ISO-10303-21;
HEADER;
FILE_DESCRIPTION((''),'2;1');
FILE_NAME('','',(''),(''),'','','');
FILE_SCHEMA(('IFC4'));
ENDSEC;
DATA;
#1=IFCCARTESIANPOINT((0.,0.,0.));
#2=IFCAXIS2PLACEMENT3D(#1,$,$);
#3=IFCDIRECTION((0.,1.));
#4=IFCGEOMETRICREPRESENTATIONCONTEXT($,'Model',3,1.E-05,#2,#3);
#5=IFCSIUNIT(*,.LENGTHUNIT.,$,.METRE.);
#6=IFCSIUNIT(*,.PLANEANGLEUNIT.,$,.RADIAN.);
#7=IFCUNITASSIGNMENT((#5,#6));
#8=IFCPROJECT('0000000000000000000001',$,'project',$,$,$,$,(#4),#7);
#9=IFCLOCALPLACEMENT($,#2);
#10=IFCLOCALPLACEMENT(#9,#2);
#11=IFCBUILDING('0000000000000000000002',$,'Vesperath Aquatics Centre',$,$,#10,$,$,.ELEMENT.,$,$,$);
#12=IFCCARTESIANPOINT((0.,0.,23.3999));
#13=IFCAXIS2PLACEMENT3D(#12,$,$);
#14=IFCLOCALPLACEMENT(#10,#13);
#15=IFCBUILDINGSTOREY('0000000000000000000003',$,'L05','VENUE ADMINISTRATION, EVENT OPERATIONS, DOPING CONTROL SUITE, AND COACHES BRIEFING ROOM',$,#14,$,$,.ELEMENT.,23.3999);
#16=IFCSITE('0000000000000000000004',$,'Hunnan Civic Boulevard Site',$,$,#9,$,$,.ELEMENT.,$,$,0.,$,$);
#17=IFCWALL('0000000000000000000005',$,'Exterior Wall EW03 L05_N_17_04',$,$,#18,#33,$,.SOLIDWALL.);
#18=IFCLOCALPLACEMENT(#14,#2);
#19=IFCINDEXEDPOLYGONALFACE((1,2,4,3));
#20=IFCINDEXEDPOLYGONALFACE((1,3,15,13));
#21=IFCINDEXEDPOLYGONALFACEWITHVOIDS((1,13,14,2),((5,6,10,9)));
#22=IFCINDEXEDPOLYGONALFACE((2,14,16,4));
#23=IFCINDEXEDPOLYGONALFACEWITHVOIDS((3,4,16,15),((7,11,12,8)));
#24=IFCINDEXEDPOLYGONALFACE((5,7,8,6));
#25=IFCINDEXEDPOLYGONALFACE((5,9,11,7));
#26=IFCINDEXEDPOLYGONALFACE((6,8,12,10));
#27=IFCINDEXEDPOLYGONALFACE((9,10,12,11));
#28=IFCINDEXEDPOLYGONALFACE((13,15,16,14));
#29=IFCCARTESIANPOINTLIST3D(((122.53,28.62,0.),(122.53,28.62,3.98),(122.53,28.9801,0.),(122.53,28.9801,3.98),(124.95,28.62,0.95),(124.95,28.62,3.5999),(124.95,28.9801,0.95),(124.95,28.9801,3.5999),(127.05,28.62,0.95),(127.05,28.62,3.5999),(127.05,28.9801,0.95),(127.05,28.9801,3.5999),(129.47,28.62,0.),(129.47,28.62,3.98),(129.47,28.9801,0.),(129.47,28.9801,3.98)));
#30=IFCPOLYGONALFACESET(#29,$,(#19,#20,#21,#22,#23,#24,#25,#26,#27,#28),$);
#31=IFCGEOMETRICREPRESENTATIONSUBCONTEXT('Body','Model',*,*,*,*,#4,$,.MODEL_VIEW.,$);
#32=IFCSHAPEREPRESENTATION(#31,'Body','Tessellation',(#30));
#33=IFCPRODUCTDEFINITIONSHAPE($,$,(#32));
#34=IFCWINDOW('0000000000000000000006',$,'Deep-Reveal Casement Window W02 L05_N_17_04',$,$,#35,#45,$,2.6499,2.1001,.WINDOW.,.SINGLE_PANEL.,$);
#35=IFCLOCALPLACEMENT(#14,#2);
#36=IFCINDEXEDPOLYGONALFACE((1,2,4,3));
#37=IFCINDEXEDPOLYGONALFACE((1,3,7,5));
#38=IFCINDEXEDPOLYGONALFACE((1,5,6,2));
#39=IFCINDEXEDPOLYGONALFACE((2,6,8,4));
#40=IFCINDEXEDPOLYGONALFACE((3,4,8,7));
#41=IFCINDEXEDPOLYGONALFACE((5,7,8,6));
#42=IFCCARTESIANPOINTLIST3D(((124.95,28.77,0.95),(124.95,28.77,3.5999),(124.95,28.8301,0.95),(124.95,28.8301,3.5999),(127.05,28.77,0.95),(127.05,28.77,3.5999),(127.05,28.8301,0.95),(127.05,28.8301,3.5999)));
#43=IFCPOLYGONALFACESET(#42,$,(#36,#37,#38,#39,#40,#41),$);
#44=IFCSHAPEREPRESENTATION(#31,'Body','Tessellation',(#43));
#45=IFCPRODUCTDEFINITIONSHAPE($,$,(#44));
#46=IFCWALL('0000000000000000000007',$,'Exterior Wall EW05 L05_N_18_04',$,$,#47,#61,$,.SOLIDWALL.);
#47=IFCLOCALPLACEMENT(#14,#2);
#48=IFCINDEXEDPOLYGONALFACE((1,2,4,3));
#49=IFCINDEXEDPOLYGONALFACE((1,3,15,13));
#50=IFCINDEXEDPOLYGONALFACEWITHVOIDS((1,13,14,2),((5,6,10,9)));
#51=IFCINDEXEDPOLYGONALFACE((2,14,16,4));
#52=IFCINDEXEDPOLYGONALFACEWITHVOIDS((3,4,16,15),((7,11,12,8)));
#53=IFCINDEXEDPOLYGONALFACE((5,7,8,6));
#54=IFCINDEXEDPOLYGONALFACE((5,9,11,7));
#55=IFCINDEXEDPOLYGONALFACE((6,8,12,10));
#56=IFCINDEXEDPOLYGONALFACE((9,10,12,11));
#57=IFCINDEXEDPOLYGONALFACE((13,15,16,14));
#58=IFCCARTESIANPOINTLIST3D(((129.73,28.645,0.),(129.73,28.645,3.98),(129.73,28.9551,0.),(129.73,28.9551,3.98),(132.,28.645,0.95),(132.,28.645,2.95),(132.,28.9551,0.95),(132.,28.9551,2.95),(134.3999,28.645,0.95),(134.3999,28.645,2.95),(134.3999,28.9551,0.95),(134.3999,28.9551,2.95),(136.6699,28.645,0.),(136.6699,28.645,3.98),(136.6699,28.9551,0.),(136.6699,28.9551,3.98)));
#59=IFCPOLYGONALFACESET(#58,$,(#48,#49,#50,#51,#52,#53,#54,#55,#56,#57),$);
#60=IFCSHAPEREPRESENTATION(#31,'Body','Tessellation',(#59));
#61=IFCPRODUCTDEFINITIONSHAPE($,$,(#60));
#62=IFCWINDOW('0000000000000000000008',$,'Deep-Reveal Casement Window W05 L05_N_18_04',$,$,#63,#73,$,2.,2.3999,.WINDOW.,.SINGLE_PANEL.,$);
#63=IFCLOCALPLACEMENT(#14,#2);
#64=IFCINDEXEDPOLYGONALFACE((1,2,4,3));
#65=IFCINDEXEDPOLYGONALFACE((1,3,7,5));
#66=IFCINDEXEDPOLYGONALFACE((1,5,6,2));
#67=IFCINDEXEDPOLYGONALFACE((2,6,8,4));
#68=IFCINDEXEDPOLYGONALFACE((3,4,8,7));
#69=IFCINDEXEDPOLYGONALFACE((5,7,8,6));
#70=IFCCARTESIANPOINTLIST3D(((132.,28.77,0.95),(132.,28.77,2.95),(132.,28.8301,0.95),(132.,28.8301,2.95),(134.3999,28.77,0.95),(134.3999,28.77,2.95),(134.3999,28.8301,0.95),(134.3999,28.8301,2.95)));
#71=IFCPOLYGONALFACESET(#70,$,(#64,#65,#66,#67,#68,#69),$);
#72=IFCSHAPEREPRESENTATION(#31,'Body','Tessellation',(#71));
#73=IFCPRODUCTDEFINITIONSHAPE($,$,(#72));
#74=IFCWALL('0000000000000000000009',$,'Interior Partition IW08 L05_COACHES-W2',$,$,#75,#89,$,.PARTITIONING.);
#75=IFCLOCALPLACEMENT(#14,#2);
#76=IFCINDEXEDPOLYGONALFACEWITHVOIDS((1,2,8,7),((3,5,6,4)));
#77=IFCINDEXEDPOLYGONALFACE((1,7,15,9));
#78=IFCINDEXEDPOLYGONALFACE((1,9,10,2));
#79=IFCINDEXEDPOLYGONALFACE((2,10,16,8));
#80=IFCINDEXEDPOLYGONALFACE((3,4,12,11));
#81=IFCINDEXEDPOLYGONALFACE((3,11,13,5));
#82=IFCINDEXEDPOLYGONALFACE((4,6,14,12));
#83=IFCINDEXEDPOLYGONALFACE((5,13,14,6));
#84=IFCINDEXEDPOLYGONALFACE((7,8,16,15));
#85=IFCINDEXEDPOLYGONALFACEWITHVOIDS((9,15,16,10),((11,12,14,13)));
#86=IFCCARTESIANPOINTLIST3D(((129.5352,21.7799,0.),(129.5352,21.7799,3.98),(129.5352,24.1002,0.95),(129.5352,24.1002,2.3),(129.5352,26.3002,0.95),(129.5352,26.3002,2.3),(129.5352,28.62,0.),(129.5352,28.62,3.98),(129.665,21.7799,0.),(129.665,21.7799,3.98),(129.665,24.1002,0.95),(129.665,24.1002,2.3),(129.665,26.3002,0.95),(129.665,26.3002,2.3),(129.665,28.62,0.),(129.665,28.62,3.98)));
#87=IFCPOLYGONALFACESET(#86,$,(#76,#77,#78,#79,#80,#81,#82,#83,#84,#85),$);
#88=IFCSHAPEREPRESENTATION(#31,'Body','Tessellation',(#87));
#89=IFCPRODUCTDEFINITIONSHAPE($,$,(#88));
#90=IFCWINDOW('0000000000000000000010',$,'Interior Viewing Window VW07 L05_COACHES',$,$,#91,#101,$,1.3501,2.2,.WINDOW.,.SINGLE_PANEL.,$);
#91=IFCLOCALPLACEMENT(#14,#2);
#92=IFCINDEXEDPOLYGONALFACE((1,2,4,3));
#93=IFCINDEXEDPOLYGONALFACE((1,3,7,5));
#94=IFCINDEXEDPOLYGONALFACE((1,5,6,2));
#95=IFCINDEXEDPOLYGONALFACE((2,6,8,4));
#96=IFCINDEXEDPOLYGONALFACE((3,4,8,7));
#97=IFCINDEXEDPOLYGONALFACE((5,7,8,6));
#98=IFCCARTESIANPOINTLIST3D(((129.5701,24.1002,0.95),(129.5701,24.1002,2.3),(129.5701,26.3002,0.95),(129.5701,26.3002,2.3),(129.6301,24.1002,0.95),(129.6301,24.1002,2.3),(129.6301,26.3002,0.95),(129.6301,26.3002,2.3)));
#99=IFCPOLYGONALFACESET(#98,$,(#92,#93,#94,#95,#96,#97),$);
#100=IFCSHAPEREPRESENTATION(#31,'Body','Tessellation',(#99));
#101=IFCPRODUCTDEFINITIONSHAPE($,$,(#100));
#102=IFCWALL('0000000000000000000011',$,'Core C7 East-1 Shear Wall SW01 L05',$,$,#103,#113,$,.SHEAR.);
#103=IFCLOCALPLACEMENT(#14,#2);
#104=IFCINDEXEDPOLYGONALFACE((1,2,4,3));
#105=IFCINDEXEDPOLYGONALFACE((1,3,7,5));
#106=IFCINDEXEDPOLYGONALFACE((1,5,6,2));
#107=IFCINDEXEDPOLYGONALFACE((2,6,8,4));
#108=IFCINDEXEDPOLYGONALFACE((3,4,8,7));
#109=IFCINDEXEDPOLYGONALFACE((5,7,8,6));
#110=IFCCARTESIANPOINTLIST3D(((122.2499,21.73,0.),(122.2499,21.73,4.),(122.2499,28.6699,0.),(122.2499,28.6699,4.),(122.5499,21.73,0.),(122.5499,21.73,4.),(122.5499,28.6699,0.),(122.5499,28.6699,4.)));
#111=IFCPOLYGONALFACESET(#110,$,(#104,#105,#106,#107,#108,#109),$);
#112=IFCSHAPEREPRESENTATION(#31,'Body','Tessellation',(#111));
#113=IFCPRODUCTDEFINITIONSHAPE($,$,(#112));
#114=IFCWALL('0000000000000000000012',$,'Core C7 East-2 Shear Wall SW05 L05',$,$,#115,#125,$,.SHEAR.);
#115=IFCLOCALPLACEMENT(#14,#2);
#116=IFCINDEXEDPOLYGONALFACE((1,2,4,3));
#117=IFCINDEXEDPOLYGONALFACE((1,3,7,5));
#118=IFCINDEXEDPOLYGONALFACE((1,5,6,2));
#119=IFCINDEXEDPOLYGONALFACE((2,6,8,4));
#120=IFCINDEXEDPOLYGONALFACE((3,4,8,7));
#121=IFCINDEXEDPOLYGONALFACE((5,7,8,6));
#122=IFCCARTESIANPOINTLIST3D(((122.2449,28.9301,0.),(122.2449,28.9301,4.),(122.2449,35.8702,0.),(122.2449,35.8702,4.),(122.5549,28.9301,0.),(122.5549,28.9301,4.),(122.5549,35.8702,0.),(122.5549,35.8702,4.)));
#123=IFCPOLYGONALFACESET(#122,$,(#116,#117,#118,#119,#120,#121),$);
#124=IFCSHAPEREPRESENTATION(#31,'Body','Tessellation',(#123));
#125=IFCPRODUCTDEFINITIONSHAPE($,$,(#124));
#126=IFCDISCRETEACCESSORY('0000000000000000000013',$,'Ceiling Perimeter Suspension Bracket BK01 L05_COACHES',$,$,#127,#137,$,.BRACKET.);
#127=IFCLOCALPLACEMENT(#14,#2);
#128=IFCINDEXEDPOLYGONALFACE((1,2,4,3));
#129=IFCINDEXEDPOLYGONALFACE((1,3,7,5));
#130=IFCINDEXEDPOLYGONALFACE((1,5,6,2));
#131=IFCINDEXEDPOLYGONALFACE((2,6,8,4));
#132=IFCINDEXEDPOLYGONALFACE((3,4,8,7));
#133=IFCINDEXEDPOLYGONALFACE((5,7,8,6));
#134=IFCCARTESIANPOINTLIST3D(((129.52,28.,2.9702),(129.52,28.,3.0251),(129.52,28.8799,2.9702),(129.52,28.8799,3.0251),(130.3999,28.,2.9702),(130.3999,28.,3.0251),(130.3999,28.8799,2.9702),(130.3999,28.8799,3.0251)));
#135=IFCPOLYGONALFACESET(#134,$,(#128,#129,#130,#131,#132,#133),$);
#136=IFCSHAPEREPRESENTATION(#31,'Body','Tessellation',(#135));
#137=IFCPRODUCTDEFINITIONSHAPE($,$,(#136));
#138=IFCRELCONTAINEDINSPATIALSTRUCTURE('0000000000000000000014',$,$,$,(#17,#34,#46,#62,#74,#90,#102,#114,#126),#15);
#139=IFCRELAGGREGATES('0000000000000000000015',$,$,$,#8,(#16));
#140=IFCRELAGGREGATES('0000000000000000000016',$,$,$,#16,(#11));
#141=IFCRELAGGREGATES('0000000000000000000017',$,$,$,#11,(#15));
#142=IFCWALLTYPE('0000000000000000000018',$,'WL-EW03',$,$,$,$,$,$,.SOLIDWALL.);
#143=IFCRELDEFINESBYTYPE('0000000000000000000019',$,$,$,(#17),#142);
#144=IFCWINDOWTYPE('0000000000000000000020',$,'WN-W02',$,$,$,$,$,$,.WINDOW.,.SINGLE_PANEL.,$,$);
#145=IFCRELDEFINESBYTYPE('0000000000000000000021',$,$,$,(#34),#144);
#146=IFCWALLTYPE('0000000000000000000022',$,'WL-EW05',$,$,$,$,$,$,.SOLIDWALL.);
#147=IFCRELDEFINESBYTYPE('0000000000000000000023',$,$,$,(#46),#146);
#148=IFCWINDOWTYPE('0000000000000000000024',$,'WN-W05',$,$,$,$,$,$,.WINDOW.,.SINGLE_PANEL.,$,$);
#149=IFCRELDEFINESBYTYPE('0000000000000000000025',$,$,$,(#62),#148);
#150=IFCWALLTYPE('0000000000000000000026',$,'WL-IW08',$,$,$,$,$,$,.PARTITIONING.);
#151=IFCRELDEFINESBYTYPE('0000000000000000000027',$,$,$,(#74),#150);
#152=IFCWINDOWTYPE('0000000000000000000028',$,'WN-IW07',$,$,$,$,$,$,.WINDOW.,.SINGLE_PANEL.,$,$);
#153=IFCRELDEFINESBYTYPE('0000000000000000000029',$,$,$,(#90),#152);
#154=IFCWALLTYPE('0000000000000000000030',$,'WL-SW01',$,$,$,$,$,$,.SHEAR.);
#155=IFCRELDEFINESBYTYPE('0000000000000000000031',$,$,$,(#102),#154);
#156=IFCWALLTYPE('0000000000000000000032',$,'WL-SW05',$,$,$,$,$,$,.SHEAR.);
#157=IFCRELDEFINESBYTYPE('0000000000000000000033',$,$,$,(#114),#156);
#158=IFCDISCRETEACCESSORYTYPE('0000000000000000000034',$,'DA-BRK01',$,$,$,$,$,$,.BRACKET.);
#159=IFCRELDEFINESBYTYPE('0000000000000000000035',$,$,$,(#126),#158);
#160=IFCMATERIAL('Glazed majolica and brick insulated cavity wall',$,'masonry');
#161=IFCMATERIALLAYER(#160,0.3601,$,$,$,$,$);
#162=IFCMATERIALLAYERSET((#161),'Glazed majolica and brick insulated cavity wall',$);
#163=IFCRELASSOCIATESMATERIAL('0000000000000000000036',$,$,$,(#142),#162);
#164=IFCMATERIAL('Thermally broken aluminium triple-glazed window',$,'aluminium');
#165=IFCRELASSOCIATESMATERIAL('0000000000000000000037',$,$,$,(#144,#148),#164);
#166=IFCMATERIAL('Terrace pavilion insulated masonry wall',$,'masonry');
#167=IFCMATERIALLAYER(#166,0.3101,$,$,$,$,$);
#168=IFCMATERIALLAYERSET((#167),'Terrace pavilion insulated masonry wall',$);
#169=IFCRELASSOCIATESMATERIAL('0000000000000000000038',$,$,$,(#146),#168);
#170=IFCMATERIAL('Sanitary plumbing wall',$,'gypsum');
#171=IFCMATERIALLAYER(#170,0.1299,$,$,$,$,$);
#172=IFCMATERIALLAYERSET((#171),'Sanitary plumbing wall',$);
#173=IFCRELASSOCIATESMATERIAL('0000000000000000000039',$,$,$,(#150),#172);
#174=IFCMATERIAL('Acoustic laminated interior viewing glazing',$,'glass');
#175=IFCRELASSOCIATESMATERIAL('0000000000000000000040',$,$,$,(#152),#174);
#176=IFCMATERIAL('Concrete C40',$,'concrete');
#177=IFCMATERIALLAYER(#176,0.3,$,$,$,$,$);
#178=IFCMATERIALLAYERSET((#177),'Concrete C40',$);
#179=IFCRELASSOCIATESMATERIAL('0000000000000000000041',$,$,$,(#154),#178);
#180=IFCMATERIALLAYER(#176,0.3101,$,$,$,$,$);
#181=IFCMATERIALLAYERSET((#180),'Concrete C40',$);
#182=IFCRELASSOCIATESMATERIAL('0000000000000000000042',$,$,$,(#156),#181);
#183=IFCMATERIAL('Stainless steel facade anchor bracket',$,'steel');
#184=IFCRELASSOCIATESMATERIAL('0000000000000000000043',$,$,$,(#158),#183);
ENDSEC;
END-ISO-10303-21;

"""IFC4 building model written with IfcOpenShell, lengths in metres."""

from ifc_helpers import new_model, si_unit, direction, frame, frame_2d, origin, origin_2d, place, context, subcontext, project, spatial, rectangle, extrude, material, layer, layer_set, type_object, element, fill, save


model = new_model("IFC4")

# Units and contexts
model_context = context("Model", 3, precision=1e-05, world=origin(), true_north=direction((0.0, 1.0)))
body_context = subcontext(model_context, "Body", "Model", "MODEL_VIEW")
ifc_project = project(units=[si_unit("LENGTHUNIT", "METRE"), si_unit("PLANEANGLEUNIT", "RADIAN")], contexts=[model_context])

# Site, building, storey
site_placement = place(None, origin())
site = spatial("IfcSite", under=ifc_project, at=site_placement, Name="Hunnan Civic Boulevard Site", CompositionType="ELEMENT", RefElevation=0.0)
building_placement = place(site_placement, origin())
building = spatial("IfcBuilding", under=site, at=building_placement, Name="Vesperath Aquatics Centre", CompositionType="ELEMENT")
storey_placement = place(building_placement, frame((0.0, 0.0, 23.3999)))
storey = spatial("IfcBuildingStorey", under=building, at=storey_placement, Name="L05", Description="VENUE ADMINISTRATION, EVENT OPERATIONS, DOPING CONTROL SUITE, AND COACHES BRIEFING ROOM", CompositionType="ELEMENT", Elevation=23.3999)

# Walls, openings, windows
ifc_material_1 = material(Name="Glazed majolica and brick insulated cavity wall", Category="masonry")
ifc_layer_1 = layer(ifc_material_1, 0.3601)
ifc_layer_set_1 = layer_set([ifc_layer_1], Name="Glazed majolica and brick insulated cavity wall")
wall_type_1 = type_object("IfcWallType", Name="WL-EW03", PredefinedType="SOLIDWALL", material=ifc_layer_set_1)
wall_1_placement = place(storey_placement, frame((122.53, 28.8, 0.0), z_axis=(0.0, 0.0, 1.0), x_axis=(1.0, 0.0, 0.0)))
wall_1 = element("IfcWall", 1, at=wall_1_placement, inside=storey, type_object=wall_type_1, Name="Exterior Wall EW03 L05_N_17_04", PredefinedType="SOLIDWALL", context=body_context, shape_type="SweptSolid", body=[
    extrude(rectangle(XDim=6.9399, YDim=0.3601, at=frame_2d((3.47, 0.0))), origin(), (0.0, 0.0, 1.0), 3.98),
])
opening_1_placement = place(wall_1_placement, frame((2.4199, 0.0, 0.95)))
opening_1 = element("IfcOpeningElement", 2, at=opening_1_placement, cuts=wall_1, PredefinedType="OPENING", context=body_context, shape_type="SweptSolid", body=[
    extrude(rectangle(XDim=2.1001, YDim=2.6499, at=frame_2d((1.05, 1.325))), frame((0.0, 0.1948, 0.0), z_axis=(0.0, -1.0, 0.0), x_axis=(1.0, 0.0, 0.0)), (0.0, 0.0, 1.0), 0.3899),
])
ifc_material_2 = material(Name="Thermally broken aluminium triple-glazed window", Category="aluminium")
window_type_1 = type_object("IfcWindowType", Name="WN-W02", PartitioningType="SINGLE_PANEL", PredefinedType="WINDOW", material=ifc_material_2)
window_1_placement = place(opening_1_placement, origin())
window_1 = element("IfcWindow", 3, at=window_1_placement, inside=storey, type_object=window_type_1, Name="Deep-Reveal Casement Window W02 L05_N_17_04", OverallHeight=2.6499, OverallWidth=2.1001, PartitioningType="SINGLE_PANEL", PredefinedType="WINDOW", context=body_context, shape_type="SweptSolid", body=[
    extrude(rectangle(XDim=2.1001, YDim=2.6499, at=frame_2d((1.05, 1.325))), frame((0.0, 0.03, 0.0), z_axis=(0.0, -1.0, 0.0), x_axis=(1.0, 0.0, 0.0)), (0.0, 0.0, 1.0), 0.0601),
])
fill(opening_1, window_1)
ifc_material_3 = material(Name="Terrace pavilion insulated masonry wall", Category="masonry")
ifc_layer_2 = layer(ifc_material_3, 0.3101)
ifc_layer_set_2 = layer_set([ifc_layer_2], Name="Terrace pavilion insulated masonry wall")
wall_type_2 = type_object("IfcWallType", Name="WL-EW05", PredefinedType="SOLIDWALL", material=ifc_layer_set_2)
wall_2_placement = place(storey_placement, frame((129.73, 28.8, 0.0), z_axis=(0.0, 0.0, 1.0), x_axis=(1.0, 0.0, 0.0)))
wall_2 = element("IfcWall", 4, at=wall_2_placement, inside=storey, type_object=wall_type_2, Name="Exterior Wall EW05 L05_N_18_04", PredefinedType="SOLIDWALL", context=body_context, shape_type="SweptSolid", body=[
    extrude(rectangle(XDim=6.9399, YDim=0.3101, at=frame_2d((3.47, 0.0))), origin(), (0.0, 0.0, 1.0), 3.98),
])
opening_2_placement = place(wall_2_placement, frame((2.27, 0.0, 0.95)))
opening_2 = element("IfcOpeningElement", 5, at=opening_2_placement, cuts=wall_2, PredefinedType="OPENING", context=body_context, shape_type="SweptSolid", body=[
    extrude(rectangle(XDim=2.3999, YDim=2.0, at=frame_2d((1.2, 1.0))), frame((0.0, 0.1699, 0.0), z_axis=(0.0, -1.0, 0.0), x_axis=(1.0, 0.0, 0.0)), (0.0, 0.0, 1.0), 0.3398),
])
window_type_2 = type_object("IfcWindowType", Name="WN-W05", PartitioningType="SINGLE_PANEL", PredefinedType="WINDOW", material=ifc_material_2)
window_2_placement = place(opening_2_placement, origin())
window_2 = element("IfcWindow", 6, at=window_2_placement, inside=storey, type_object=window_type_2, Name="Deep-Reveal Casement Window W05 L05_N_18_04", OverallHeight=2.0, OverallWidth=2.3999, PartitioningType="SINGLE_PANEL", PredefinedType="WINDOW", context=body_context, shape_type="SweptSolid", body=[
    extrude(rectangle(XDim=2.3999, YDim=2.0, at=frame_2d((1.2, 1.0))), frame((0.0, 0.03, 0.0), z_axis=(0.0, -1.0, 0.0), x_axis=(1.0, 0.0, 0.0)), (0.0, 0.0, 1.0), 0.0601),
])
fill(opening_2, window_2)
ifc_material_4 = material(Name="Sanitary plumbing wall", Category="gypsum")
ifc_layer_3 = layer(ifc_material_4, 0.1299)
ifc_layer_set_3 = layer_set([ifc_layer_3], Name="Sanitary plumbing wall")
wall_type_3 = type_object("IfcWallType", Name="WL-IW08", PredefinedType="PARTITIONING", material=ifc_layer_set_3)
wall_3_placement = place(storey_placement, frame((129.6001, 21.78, 0.0), z_axis=(0.0, 0.0, 1.0), x_axis=(0.0, 1.0, 0.0)))
wall_3 = element("IfcWall", 7, at=wall_3_placement, inside=storey, type_object=wall_type_3, Name="Interior Partition IW08 L05_COACHES-W2", PredefinedType="PARTITIONING", context=body_context, shape_type="SweptSolid", body=[
    extrude(rectangle(XDim=6.8401, YDim=0.1299, at=frame_2d((3.4199, 0.0))), origin(), (0.0, 0.0, 1.0), 3.98),
])
opening_3_placement = place(wall_3_placement, frame((2.3201, 0.0, 0.95)))
opening_3 = element("IfcOpeningElement", 8, at=opening_3_placement, cuts=wall_3, PredefinedType="OPENING", context=body_context, shape_type="SweptSolid", body=[
    extrude(rectangle(XDim=2.2, YDim=1.3501, at=frame_2d((1.1001, 0.675))), frame((0.0, 0.0798, 0.0), z_axis=(0.0, -1.0, 0.0), x_axis=(1.0, 0.0, 0.0)), (0.0, 0.0, 1.0), 0.1597),
])
ifc_material_5 = material(Name="Acoustic laminated interior viewing glazing", Category="glass")
window_type_3 = type_object("IfcWindowType", Name="WN-IW07", PartitioningType="SINGLE_PANEL", PredefinedType="WINDOW", material=ifc_material_5)
window_3_placement = place(opening_3_placement, origin())
window_3 = element("IfcWindow", 9, at=window_3_placement, inside=storey, type_object=window_type_3, Name="Interior Viewing Window VW07 L05_COACHES", OverallHeight=1.3501, OverallWidth=2.2, PartitioningType="SINGLE_PANEL", PredefinedType="WINDOW", context=body_context, shape_type="SweptSolid", body=[
    extrude(rectangle(XDim=2.2, YDim=1.3501, at=frame_2d((1.1001, 0.675))), frame((0.0, 0.03, 0.0), z_axis=(0.0, -1.0, 0.0), x_axis=(1.0, 0.0, 0.0)), (0.0, 0.0, 1.0), 0.0601),
])
fill(opening_3, window_3)

# Walls
ifc_material_6 = material(Name="Concrete C40", Category="concrete")
ifc_layer_4 = layer(ifc_material_6, 0.3)
ifc_layer_set_4 = layer_set([ifc_layer_4], Name="Concrete C40")
wall_type_4 = type_object("IfcWallType", Name="WL-SW01", PredefinedType="SHEAR", material=ifc_layer_set_4)
wall_4_placement = place(storey_placement, frame((122.3999, 21.73, 0.0), z_axis=(0.0, 0.0, 1.0), x_axis=(0.0, 1.0, 0.0)))
element("IfcWall", 10, at=wall_4_placement, inside=storey, type_object=wall_type_4, Name="Core C7 East-1 Shear Wall SW01 L05", PredefinedType="SHEAR", context=body_context, shape_type="SweptSolid", body=[
    extrude(rectangle(XDim=6.9399, YDim=0.3, at=frame_2d((3.47, 0.0))), origin(), (0.0, 0.0, 1.0), 4.0),
])
ifc_layer_5 = layer(ifc_material_6, 0.3101)
ifc_layer_set_5 = layer_set([ifc_layer_5], Name="Concrete C40")
wall_type_5 = type_object("IfcWallType", Name="WL-SW05", PredefinedType="SHEAR", material=ifc_layer_set_5)
wall_5_placement = place(storey_placement, frame((122.3999, 28.9299, 0.0), z_axis=(0.0, 0.0, 1.0), x_axis=(0.0, 1.0, 0.0)))
element("IfcWall", 11, at=wall_5_placement, inside=storey, type_object=wall_type_5, Name="Core C7 East-2 Shear Wall SW05 L05", PredefinedType="SHEAR", context=body_context, shape_type="SweptSolid", body=[
    extrude(rectangle(XDim=6.9402, YDim=0.3101, at=frame_2d((3.4702, 0.0))), origin(), (0.0, 0.0, 1.0), 4.0),
])

# Discrete accessory
ifc_material_7 = material(Name="Stainless steel facade anchor bracket", Category="steel")
discrete_accessory_type = type_object("IfcDiscreteAccessoryType", Name="DA-BRK01", PredefinedType="BRACKET", material=ifc_material_7)
discrete_accessory_placement = place(storey_placement, frame((129.96, 28.4399, 2.9702), z_axis=(0.0, 0.0, 1.0), x_axis=(1.0, 0.0, 0.0)))
element("IfcDiscreteAccessory", 12, at=discrete_accessory_placement, inside=storey, type_object=discrete_accessory_type, Name="Ceiling Perimeter Suspension Bracket BK01 L05_COACHES", PredefinedType="BRACKET", context=body_context, shape_type="SweptSolid", body=[
    extrude(rectangle(XDim=0.8799, YDim=0.8799, at=origin_2d()), origin(), (0.0, 0.0, 1.0), 0.0549),
])

save(model, "model.ifc")
